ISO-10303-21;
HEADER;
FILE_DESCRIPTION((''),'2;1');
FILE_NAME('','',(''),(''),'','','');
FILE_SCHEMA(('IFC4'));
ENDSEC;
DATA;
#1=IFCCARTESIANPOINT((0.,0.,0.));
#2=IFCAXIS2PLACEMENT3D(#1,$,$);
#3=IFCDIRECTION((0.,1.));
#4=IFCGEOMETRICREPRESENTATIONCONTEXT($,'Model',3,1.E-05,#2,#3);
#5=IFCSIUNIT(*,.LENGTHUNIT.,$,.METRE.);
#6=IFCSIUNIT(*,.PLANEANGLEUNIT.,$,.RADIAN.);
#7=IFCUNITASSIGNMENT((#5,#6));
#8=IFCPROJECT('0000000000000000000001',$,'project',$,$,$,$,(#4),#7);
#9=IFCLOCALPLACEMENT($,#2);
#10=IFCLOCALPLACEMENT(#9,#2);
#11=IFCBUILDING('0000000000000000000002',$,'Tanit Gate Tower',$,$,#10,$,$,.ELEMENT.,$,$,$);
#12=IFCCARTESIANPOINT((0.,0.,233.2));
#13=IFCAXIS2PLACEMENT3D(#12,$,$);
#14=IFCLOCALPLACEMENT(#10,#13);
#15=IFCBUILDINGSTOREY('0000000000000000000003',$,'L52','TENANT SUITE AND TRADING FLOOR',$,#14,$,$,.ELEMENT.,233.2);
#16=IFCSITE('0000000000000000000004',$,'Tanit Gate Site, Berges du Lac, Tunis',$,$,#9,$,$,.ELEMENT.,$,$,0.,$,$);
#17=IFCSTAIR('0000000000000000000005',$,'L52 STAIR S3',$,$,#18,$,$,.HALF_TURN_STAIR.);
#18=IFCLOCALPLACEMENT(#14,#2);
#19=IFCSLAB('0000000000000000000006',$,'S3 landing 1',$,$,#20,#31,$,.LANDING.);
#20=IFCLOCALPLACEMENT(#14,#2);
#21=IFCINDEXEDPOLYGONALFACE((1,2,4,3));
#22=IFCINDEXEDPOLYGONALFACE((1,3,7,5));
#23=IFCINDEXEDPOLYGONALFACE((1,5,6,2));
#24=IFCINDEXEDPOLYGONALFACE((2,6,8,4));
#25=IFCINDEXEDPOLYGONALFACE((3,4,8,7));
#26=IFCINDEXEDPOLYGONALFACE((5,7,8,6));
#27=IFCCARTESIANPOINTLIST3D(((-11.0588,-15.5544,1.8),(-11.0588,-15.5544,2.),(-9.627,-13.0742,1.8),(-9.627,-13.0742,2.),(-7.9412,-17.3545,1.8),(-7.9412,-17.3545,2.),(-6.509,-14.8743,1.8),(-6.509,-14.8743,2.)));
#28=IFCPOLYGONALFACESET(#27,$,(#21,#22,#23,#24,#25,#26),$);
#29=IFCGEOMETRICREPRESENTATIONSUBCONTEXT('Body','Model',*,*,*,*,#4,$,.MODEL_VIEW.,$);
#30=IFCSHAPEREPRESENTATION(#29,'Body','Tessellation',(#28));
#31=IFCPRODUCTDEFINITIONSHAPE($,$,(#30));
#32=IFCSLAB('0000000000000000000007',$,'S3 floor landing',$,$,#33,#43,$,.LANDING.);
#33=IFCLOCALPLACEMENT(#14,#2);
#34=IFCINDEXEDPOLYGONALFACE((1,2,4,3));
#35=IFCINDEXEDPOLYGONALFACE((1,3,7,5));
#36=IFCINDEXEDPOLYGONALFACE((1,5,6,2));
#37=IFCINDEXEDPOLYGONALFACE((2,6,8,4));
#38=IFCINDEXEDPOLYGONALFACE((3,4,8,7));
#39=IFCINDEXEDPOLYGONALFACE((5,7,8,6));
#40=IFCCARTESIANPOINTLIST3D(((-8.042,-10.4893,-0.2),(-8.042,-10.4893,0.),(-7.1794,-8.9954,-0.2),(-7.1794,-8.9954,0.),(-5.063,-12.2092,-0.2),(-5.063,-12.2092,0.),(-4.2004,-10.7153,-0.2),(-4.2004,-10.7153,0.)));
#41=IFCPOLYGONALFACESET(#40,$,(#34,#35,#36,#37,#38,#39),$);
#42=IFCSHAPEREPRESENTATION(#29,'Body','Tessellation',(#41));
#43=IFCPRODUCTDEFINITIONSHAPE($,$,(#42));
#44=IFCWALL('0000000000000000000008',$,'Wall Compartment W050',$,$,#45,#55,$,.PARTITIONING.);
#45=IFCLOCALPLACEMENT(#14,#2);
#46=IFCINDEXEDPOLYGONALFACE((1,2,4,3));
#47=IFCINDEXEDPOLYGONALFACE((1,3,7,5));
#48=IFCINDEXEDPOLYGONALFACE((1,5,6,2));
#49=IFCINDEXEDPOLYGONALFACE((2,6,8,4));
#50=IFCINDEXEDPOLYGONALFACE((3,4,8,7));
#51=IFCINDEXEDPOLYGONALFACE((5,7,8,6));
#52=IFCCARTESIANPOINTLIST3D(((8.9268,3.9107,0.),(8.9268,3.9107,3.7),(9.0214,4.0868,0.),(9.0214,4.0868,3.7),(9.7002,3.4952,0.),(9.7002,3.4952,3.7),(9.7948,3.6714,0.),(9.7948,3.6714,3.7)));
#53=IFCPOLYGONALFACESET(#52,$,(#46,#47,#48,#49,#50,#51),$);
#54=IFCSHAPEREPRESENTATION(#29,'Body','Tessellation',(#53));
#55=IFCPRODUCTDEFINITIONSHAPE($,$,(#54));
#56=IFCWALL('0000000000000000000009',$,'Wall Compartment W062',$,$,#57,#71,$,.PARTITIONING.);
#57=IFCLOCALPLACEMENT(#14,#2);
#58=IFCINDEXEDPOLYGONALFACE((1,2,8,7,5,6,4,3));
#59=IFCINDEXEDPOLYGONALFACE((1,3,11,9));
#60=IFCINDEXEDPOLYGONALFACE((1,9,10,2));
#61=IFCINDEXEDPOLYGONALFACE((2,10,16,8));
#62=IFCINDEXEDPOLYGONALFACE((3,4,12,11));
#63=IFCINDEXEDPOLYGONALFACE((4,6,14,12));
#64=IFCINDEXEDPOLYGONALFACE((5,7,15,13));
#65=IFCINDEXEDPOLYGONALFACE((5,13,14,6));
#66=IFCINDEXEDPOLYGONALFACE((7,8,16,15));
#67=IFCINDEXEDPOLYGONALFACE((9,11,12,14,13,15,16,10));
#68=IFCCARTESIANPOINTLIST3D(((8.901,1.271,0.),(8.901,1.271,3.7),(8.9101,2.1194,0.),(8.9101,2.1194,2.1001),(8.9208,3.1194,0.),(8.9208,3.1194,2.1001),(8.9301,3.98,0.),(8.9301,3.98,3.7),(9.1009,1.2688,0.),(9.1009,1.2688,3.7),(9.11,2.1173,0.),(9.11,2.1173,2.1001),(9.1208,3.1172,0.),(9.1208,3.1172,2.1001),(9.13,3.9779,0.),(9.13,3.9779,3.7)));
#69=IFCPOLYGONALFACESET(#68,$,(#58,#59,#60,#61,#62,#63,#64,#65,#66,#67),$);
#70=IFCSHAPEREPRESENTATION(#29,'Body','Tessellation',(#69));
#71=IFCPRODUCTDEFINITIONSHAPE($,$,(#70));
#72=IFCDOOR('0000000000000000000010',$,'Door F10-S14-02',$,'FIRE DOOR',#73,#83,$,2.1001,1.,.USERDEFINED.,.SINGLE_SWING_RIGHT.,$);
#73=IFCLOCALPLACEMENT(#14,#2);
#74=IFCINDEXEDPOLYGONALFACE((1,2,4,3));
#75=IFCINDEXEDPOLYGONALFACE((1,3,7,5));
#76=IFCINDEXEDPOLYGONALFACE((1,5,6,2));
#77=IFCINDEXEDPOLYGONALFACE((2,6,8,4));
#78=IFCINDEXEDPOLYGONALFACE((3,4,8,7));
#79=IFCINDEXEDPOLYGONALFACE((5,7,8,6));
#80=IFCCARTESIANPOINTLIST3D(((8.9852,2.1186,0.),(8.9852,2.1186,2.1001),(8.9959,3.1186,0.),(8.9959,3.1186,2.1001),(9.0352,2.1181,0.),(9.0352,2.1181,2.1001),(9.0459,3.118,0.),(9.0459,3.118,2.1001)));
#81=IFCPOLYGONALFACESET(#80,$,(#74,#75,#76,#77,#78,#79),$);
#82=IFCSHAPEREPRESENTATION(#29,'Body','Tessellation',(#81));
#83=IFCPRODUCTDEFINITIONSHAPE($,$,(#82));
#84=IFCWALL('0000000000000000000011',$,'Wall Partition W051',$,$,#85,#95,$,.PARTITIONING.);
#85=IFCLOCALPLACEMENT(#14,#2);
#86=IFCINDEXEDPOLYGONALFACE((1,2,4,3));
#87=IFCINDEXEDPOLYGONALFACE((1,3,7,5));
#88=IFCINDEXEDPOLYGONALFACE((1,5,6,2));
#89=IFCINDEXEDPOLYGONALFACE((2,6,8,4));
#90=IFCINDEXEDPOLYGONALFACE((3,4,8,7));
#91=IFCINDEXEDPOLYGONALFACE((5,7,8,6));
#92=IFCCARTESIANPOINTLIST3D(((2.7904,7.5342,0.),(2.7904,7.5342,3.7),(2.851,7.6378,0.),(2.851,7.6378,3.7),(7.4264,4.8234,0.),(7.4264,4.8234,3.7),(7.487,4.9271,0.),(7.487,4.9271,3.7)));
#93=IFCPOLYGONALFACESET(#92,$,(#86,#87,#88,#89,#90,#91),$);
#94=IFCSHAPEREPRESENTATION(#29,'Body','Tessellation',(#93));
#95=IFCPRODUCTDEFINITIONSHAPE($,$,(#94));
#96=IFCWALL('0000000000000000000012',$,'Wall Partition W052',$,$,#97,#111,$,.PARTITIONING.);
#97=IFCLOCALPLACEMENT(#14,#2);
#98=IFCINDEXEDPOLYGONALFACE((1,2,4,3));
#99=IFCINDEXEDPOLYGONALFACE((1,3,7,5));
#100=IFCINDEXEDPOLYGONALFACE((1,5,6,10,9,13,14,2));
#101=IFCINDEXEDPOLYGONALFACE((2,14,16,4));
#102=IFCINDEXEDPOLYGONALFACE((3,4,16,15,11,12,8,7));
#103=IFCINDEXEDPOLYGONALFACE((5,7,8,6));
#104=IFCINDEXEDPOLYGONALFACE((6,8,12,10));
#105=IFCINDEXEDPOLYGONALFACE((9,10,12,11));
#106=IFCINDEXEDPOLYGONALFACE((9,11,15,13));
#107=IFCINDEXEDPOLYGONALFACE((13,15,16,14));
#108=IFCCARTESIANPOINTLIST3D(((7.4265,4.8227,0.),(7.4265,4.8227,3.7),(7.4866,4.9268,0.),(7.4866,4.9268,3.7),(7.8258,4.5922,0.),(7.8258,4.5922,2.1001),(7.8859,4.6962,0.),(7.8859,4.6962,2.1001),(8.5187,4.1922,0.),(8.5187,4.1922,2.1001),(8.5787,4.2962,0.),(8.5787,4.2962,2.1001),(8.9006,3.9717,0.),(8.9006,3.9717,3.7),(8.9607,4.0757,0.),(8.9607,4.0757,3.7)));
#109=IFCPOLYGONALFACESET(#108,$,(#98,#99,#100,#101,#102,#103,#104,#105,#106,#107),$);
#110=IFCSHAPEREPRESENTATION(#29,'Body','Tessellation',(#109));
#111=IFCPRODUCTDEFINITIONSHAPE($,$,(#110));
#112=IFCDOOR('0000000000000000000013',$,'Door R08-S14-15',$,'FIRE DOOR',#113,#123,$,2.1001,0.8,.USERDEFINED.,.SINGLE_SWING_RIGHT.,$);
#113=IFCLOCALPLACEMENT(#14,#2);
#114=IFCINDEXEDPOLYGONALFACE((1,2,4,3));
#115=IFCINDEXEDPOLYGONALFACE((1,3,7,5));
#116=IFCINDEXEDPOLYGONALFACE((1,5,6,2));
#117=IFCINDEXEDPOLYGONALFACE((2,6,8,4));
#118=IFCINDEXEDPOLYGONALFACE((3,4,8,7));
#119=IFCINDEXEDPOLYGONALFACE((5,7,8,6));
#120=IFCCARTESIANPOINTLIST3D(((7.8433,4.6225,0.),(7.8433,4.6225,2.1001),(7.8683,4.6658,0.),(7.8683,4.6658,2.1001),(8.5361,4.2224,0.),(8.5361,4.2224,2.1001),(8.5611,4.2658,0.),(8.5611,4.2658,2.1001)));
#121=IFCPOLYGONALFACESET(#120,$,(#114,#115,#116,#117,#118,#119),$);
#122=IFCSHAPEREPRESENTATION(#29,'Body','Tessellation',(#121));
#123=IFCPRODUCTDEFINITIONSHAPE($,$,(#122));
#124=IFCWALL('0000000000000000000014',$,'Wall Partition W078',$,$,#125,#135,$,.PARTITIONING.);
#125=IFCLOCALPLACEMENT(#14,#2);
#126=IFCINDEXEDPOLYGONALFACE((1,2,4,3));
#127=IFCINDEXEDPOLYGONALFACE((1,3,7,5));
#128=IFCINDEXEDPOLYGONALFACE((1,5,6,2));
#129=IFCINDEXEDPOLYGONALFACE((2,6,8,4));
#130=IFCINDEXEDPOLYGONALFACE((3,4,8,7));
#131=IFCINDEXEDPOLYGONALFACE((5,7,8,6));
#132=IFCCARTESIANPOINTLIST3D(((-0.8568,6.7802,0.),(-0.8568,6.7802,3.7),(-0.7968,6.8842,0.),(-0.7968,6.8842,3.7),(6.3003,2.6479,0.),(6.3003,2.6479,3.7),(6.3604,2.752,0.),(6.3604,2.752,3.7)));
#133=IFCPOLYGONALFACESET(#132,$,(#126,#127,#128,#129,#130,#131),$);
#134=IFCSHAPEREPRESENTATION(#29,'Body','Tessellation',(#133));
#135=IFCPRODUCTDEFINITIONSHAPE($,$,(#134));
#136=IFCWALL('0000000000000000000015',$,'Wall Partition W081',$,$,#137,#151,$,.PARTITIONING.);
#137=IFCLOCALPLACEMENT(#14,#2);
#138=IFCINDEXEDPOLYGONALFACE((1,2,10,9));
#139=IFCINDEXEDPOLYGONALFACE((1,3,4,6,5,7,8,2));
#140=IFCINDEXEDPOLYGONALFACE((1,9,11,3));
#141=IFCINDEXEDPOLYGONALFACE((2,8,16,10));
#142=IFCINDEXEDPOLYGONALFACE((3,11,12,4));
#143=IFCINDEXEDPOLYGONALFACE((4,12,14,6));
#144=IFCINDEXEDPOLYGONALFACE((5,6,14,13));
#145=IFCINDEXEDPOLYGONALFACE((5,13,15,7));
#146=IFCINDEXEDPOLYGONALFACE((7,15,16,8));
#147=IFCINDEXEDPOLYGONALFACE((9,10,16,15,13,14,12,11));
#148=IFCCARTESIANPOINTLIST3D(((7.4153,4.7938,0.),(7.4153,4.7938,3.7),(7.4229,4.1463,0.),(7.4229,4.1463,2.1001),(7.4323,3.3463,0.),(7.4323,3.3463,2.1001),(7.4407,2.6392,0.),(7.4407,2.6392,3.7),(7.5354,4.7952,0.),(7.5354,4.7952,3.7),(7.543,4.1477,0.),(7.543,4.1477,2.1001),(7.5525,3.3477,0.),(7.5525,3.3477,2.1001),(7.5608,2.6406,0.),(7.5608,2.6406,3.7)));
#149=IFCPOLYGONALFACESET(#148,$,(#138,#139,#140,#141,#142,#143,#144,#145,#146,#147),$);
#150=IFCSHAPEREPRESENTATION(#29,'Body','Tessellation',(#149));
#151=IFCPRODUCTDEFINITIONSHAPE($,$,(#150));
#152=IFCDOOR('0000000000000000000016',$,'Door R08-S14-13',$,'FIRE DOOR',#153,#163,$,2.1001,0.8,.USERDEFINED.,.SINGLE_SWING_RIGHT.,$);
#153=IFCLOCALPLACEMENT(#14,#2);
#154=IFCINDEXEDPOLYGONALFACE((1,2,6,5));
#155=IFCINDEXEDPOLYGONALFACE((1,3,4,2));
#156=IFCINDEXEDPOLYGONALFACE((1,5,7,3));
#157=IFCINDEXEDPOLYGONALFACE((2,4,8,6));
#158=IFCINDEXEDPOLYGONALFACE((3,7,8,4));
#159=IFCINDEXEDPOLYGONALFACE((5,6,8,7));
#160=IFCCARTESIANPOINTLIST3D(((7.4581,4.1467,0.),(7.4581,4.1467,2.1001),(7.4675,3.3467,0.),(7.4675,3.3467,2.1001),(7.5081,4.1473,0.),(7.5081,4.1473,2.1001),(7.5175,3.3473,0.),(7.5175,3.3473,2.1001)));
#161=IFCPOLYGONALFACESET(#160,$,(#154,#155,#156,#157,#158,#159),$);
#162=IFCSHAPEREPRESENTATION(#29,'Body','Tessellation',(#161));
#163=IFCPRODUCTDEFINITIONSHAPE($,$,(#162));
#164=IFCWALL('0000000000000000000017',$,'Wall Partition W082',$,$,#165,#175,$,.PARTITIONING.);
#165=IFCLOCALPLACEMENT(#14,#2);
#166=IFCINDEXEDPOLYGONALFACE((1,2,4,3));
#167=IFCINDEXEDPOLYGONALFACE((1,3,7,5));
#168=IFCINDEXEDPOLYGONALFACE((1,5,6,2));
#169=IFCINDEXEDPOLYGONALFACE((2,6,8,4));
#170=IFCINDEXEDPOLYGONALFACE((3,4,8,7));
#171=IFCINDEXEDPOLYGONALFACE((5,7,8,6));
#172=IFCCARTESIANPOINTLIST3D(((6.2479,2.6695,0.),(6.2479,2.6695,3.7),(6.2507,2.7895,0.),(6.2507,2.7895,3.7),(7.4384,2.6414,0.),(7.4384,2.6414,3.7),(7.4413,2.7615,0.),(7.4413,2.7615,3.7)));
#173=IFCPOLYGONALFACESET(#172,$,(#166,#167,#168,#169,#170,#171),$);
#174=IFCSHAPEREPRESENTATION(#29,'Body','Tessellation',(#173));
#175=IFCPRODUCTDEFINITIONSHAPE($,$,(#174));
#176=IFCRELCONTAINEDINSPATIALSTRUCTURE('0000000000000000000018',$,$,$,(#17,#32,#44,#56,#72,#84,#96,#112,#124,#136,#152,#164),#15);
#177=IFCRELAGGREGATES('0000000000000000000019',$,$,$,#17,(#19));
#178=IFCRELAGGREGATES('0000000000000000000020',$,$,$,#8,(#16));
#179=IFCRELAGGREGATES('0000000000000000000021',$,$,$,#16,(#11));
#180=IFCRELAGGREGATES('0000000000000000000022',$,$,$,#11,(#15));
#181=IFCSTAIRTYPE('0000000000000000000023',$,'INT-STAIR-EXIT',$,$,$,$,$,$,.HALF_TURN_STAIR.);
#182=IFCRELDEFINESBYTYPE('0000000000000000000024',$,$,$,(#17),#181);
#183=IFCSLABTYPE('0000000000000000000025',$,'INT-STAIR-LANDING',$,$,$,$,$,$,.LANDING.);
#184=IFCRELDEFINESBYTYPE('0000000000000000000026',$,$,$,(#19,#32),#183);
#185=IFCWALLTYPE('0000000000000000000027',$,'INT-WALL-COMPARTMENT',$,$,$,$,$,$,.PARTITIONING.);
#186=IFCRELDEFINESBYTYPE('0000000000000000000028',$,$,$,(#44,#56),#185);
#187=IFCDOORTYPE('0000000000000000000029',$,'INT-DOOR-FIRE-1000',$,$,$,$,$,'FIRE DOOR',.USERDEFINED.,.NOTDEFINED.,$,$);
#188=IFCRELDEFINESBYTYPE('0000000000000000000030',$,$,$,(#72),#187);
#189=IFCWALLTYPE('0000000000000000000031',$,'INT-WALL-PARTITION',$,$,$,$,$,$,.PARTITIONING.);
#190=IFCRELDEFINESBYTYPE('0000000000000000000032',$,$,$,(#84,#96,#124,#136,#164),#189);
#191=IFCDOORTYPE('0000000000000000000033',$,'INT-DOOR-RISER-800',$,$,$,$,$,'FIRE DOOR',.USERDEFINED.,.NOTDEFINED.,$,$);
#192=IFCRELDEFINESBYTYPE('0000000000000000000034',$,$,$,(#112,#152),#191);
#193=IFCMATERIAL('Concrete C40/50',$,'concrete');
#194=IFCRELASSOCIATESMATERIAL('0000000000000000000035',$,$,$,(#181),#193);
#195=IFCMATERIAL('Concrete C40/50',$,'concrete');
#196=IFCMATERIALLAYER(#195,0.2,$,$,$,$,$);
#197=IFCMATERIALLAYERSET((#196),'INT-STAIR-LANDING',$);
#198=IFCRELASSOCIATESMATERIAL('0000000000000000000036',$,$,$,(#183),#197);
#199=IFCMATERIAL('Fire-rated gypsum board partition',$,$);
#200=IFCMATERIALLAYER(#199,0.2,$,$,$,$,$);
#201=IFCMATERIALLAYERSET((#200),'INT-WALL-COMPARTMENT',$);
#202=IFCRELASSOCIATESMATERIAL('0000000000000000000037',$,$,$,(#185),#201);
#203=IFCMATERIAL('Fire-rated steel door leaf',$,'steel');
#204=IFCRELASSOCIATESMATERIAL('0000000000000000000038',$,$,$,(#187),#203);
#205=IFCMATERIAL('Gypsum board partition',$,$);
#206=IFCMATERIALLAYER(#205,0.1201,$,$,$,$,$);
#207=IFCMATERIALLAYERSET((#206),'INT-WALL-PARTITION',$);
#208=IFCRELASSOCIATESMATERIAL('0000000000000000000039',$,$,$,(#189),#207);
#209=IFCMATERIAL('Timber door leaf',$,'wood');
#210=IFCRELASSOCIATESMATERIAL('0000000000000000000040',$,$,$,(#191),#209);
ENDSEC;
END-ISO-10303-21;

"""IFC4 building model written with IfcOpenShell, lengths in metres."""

from ifc_helpers import new_model, si_unit, direction, frame, frame_2d, origin, place, context, subcontext, project, spatial, polyline, rectangle, outline, extrude, material, layer, layer_set, type_object, element, fill, aggregate, save


model = new_model("IFC4")

# Units and contexts
model_context = context("Model", 3, precision=1e-05, world=origin(), true_north=direction((0.0, 1.0)))
body_context = subcontext(model_context, "Body", "Model", "MODEL_VIEW")
ifc_project = project(units=[si_unit("LENGTHUNIT", "METRE"), si_unit("PLANEANGLEUNIT", "RADIAN")], contexts=[model_context])

# Site, building, storey
site_placement = place(None, origin())
site = spatial("IfcSite", under=ifc_project, at=site_placement, Name="Tanit Gate Site, Berges du Lac, Tunis", CompositionType="ELEMENT", RefElevation=0.0)
building_placement = place(site_placement, origin())
building = spatial("IfcBuilding", under=site, at=building_placement, Name="Tanit Gate Tower", CompositionType="ELEMENT")
storey_placement = place(building_placement, frame((0.0, 0.0, 233.2)))
storey = spatial("IfcBuildingStorey", under=building, at=storey_placement, Name="L52", Description="TENANT SUITE AND TRADING FLOOR", CompositionType="ELEMENT", Elevation=233.2)

# Stair, slab
ifc_material_1 = material(Name="Concrete C40/50", Category="concrete")
stair_type = type_object("IfcStairType", Name="INT-STAIR-EXIT", PredefinedType="HALF_TURN_STAIR", material=ifc_material_1)
stair_placement = place(storey_placement, origin())
stair = element("IfcStair", 1, at=stair_placement, inside=storey, type_object=stair_type, Name="L52 STAIR S3", PredefinedType="HALF_TURN_STAIR")
ifc_material_2 = material(Name="Concrete C40/50", Category="concrete")
ifc_layer_1 = layer(ifc_material_2, 0.2)
ifc_layer_set_1 = layer_set([ifc_layer_1], Name="INT-STAIR-LANDING")
slab_type = type_object("IfcSlabType", Name="INT-STAIR-LANDING", PredefinedType="LANDING", material=ifc_layer_set_1)
slab_1_placement = place(storey_placement, frame((0.0, 0.0, 1.8)))
slab_1 = element("IfcSlab", 2, at=slab_1_placement, type_object=slab_type, Name="S3 landing 1", PredefinedType="LANDING", context=body_context, shape_type="SweptSolid", body=[
    extrude(outline(polyline([(-9.627, -13.0742), (-11.0588, -15.5544), (-7.9412, -17.3545), (-6.509, -14.8743), (-9.627, -13.0742)])), origin(), (0.0, 0.0, 1.0), 0.2),
])
aggregate(stair, [slab_1])

# Slab
slab_2_placement = place(storey_placement, frame((0.0, 0.0, -0.2)))
element("IfcSlab", 3, at=slab_2_placement, inside=storey, type_object=slab_type, Name="S3 floor landing", PredefinedType="LANDING", context=body_context, shape_type="SweptSolid", body=[
    extrude(outline(polyline([(-7.1794, -8.9954), (-8.042, -10.4893), (-5.063, -12.2092), (-4.2004, -10.7153), (-7.1794, -8.9954)])), origin(), (0.0, 0.0, 1.0), 0.2),
])

# Wall
ifc_material_3 = material(Name="Fire-rated gypsum board partition")
ifc_layer_2 = layer(ifc_material_3, 0.2)
ifc_layer_set_2 = layer_set([ifc_layer_2], Name="INT-WALL-COMPARTMENT")
wall_type_1 = type_object("IfcWallType", Name="INT-WALL-COMPARTMENT", PredefinedType="PARTITIONING", material=ifc_layer_set_2)
wall_1_placement = place(storey_placement, frame((8.9741, 3.9988, 0.0), z_axis=(0.0, 0.0, 1.0), x_axis=(0.880917, -0.473271, 0.0)))
element("IfcWall", 4, at=wall_1_placement, inside=storey, type_object=wall_type_1, Name="Wall Compartment W050", PredefinedType="PARTITIONING", context=body_context, shape_type="SweptSolid", body=[
    extrude(rectangle(XDim=0.8779, YDim=0.2, at=frame_2d((0.439, 0.0))), origin(), (0.0, 0.0, 1.0), 3.7),
])

# Wall, opening, door
wall_2_placement = place(storey_placement, frame((9.001, 1.27, 0.0), z_axis=(0.0, 0.0, 1.0), x_axis=(0.010724, 0.999942, 0.0)))
wall_2 = element("IfcWall", 5, at=wall_2_placement, inside=storey, type_object=wall_type_1, Name="Wall Compartment W062", PredefinedType="PARTITIONING", context=body_context, shape_type="SweptSolid", body=[
    extrude(rectangle(XDim=2.7092, YDim=0.2, at=frame_2d((1.3545, 0.0))), origin(), (0.0, 0.0, 1.0), 3.7),
])
opening_1_placement = place(wall_2_placement, frame((0.8484, 0.0, 0.0)))
opening_1 = element("IfcOpeningElement", 6, at=opening_1_placement, cuts=wall_2, PredefinedType="OPENING", context=body_context, shape_type="SweptSolid", body=[
    extrude(rectangle(XDim=1.0, YDim=2.1001, at=frame_2d((0.5, 1.05))), frame((0.0, 0.1099, 0.0), z_axis=(0.0, -1.0, 0.0), x_axis=(1.0, 0.0, 0.0)), (0.0, 0.0, 1.0), 0.22),
])
ifc_material_4 = material(Name="Fire-rated steel door leaf", Category="steel")
door_type_1 = type_object("IfcDoorType", Name="INT-DOOR-FIRE-1000", ElementType="FIRE DOOR", OperationType="NOTDEFINED", PredefinedType="USERDEFINED", material=ifc_material_4)
door_1_placement = place(opening_1_placement, origin())
door_1 = element("IfcDoor", 7, at=door_1_placement, inside=storey, type_object=door_type_1, Name="Door F10-S14-02", ObjectType="FIRE DOOR", OperationType="SINGLE_SWING_RIGHT", OverallHeight=2.1001, OverallWidth=1.0, PredefinedType="USERDEFINED", context=body_context, shape_type="SweptSolid", body=[
    extrude(rectangle(XDim=1.0, YDim=2.1001, at=frame_2d((0.5, 1.05))), frame((0.0, 0.0249, 0.0), z_axis=(0.0, -1.0, 0.0), x_axis=(1.0, 0.0, 0.0)), (0.0, 0.0, 1.0), 0.05),
])
fill(opening_1, door_1)

# Wall
ifc_material_5 = material(Name="Gypsum board partition")
ifc_layer_3 = layer(ifc_material_5, 0.1201)
ifc_layer_set_3 = layer_set([ifc_layer_3], Name="INT-WALL-PARTITION")
wall_type_2 = type_object("IfcWallType", Name="INT-WALL-PARTITION", PredefinedType="PARTITIONING", material=ifc_layer_set_3)
wall_3_placement = place(storey_placement, frame((2.8208, 7.5859, 0.0), z_axis=(0.0, 0.0, 1.0), x_axis=(0.863262, -0.504755, 0.0)))
element("IfcWall", 8, at=wall_3_placement, inside=storey, type_object=wall_type_2, Name="Wall Partition W051", PredefinedType="PARTITIONING", context=body_context, shape_type="SweptSolid", body=[
    extrude(rectangle(XDim=5.3704, YDim=0.1201, at=frame_2d((2.6851, 0.0))), origin(), (0.0, 0.0, 1.0), 3.7),
])

# Wall, opening, door
wall_4_placement = place(storey_placement, frame((7.4565, 4.8748, 0.0), z_axis=(0.0, 0.0, 1.0), x_axis=(0.866028, -0.499996, 0.0)))
wall_4 = element("IfcWall", 9, at=wall_4_placement, inside=storey, type_object=wall_type_2, Name="Wall Partition W052", PredefinedType="PARTITIONING", context=body_context, shape_type="SweptSolid", body=[
    extrude(rectangle(XDim=1.7021, YDim=0.1201, at=frame_2d((0.8511, 0.0))), origin(), (0.0, 0.0, 1.0), 3.7),
])
opening_2_placement = place(wall_4_placement, frame((0.4612, 0.0, 0.0)))
opening_2 = element("IfcOpeningElement", 10, at=opening_2_placement, cuts=wall_4, PredefinedType="OPENING", context=body_context, shape_type="SweptSolid", body=[
    extrude(rectangle(XDim=0.8, YDim=2.1001, at=frame_2d((0.3999, 1.05))), frame((0.0, 0.0701, 0.0), z_axis=(0.0, -1.0, 0.0), x_axis=(1.0, 0.0, 0.0)), (0.0, 0.0, 1.0), 0.1401),
])
ifc_material_6 = material(Name="Timber door leaf", Category="wood")
door_type_2 = type_object("IfcDoorType", Name="INT-DOOR-RISER-800", ElementType="FIRE DOOR", OperationType="NOTDEFINED", PredefinedType="USERDEFINED", material=ifc_material_6)
door_2_placement = place(opening_2_placement, origin())
door_2 = element("IfcDoor", 11, at=door_2_placement, inside=storey, type_object=door_type_2, Name="Door R08-S14-15", ObjectType="FIRE DOOR", OperationType="SINGLE_SWING_RIGHT", OverallHeight=2.1001, OverallWidth=0.8, PredefinedType="USERDEFINED", context=body_context, shape_type="SweptSolid", body=[
    extrude(rectangle(XDim=0.8, YDim=2.1001, at=frame_2d((0.3999, 1.05))), frame((0.0, 0.0249, 0.0), z_axis=(0.0, -1.0, 0.0), x_axis=(1.0, 0.0, 0.0)), (0.0, 0.0, 1.0), 0.05),
])
fill(opening_2, door_2)

# Wall
wall_5_placement = place(storey_placement, frame((-0.8269, 6.8323, 0.0), z_axis=(0.0, 0.0, 1.0), x_axis=(0.86602, -0.500009, 0.0)))
element("IfcWall", 12, at=wall_5_placement, inside=storey, type_object=wall_type_2, Name="Wall Partition W078", PredefinedType="PARTITIONING", context=body_context, shape_type="SweptSolid", body=[
    extrude(rectangle(XDim=8.2644, YDim=0.1201, at=frame_2d((4.1323, 0.0))), origin(), (0.0, 0.0, 1.0), 3.7),
])

# Wall, opening, door
wall_6_placement = place(storey_placement, frame((7.5007, 2.6399, 0.0), z_axis=(0.0, 0.0, 1.0), x_axis=(-0.011784, 0.999931, 0.0)))
wall_6 = element("IfcWall", 13, at=wall_6_placement, inside=storey, type_object=wall_type_2, Name="Wall Partition W081", PredefinedType="PARTITIONING", context=body_context, shape_type="SweptSolid", body=[
    extrude(rectangle(XDim=2.1548, YDim=0.1201, at=frame_2d((1.0774, 0.0))), origin(), (0.0, 0.0, 1.0), 3.7),
])
opening_3_placement = place(wall_6_placement, frame((0.7073, 0.0, 0.0)))
opening_3 = element("IfcOpeningElement", 14, at=opening_3_placement, cuts=wall_6, PredefinedType="OPENING", context=body_context, shape_type="SweptSolid", body=[
    extrude(rectangle(XDim=0.8, YDim=2.1001, at=frame_2d((0.3999, 1.05))), frame((0.0, 0.0701, 0.0), z_axis=(0.0, -1.0, 0.0), x_axis=(1.0, 0.0, 0.0)), (0.0, 0.0, 1.0), 0.1401),
])
door_3_placement = place(opening_3_placement, origin())
door_3 = element("IfcDoor", 15, at=door_3_placement, inside=storey, type_object=door_type_2, Name="Door R08-S14-13", ObjectType="FIRE DOOR", OperationType="SINGLE_SWING_RIGHT", OverallHeight=2.1001, OverallWidth=0.8, PredefinedType="USERDEFINED", context=body_context, shape_type="SweptSolid", body=[
    extrude(rectangle(XDim=0.8, YDim=2.1001, at=frame_2d((0.3999, 1.05))), frame((0.0, 0.0249, 0.0), z_axis=(0.0, -1.0, 0.0), x_axis=(1.0, 0.0, 0.0)), (0.0, 0.0, 1.0), 0.05),
])
fill(opening_3, door_3)

# Wall
wall_7_placement = place(storey_placement, frame((6.2493, 2.7295, 0.0), z_axis=(0.0, 0.0, 1.0), x_axis=(0.999722, -0.023574, 0.0)))
element("IfcWall", 16, at=wall_7_placement, inside=storey, type_object=wall_type_2, Name="Wall Partition W082", PredefinedType="PARTITIONING", context=body_context, shape_type="SweptSolid", body=[
    extrude(rectangle(XDim=1.1909, YDim=0.1201, at=frame_2d((0.5955, 0.0))), origin(), (0.0, 0.0, 1.0), 3.7),
])

save(model, "model.ifc")
